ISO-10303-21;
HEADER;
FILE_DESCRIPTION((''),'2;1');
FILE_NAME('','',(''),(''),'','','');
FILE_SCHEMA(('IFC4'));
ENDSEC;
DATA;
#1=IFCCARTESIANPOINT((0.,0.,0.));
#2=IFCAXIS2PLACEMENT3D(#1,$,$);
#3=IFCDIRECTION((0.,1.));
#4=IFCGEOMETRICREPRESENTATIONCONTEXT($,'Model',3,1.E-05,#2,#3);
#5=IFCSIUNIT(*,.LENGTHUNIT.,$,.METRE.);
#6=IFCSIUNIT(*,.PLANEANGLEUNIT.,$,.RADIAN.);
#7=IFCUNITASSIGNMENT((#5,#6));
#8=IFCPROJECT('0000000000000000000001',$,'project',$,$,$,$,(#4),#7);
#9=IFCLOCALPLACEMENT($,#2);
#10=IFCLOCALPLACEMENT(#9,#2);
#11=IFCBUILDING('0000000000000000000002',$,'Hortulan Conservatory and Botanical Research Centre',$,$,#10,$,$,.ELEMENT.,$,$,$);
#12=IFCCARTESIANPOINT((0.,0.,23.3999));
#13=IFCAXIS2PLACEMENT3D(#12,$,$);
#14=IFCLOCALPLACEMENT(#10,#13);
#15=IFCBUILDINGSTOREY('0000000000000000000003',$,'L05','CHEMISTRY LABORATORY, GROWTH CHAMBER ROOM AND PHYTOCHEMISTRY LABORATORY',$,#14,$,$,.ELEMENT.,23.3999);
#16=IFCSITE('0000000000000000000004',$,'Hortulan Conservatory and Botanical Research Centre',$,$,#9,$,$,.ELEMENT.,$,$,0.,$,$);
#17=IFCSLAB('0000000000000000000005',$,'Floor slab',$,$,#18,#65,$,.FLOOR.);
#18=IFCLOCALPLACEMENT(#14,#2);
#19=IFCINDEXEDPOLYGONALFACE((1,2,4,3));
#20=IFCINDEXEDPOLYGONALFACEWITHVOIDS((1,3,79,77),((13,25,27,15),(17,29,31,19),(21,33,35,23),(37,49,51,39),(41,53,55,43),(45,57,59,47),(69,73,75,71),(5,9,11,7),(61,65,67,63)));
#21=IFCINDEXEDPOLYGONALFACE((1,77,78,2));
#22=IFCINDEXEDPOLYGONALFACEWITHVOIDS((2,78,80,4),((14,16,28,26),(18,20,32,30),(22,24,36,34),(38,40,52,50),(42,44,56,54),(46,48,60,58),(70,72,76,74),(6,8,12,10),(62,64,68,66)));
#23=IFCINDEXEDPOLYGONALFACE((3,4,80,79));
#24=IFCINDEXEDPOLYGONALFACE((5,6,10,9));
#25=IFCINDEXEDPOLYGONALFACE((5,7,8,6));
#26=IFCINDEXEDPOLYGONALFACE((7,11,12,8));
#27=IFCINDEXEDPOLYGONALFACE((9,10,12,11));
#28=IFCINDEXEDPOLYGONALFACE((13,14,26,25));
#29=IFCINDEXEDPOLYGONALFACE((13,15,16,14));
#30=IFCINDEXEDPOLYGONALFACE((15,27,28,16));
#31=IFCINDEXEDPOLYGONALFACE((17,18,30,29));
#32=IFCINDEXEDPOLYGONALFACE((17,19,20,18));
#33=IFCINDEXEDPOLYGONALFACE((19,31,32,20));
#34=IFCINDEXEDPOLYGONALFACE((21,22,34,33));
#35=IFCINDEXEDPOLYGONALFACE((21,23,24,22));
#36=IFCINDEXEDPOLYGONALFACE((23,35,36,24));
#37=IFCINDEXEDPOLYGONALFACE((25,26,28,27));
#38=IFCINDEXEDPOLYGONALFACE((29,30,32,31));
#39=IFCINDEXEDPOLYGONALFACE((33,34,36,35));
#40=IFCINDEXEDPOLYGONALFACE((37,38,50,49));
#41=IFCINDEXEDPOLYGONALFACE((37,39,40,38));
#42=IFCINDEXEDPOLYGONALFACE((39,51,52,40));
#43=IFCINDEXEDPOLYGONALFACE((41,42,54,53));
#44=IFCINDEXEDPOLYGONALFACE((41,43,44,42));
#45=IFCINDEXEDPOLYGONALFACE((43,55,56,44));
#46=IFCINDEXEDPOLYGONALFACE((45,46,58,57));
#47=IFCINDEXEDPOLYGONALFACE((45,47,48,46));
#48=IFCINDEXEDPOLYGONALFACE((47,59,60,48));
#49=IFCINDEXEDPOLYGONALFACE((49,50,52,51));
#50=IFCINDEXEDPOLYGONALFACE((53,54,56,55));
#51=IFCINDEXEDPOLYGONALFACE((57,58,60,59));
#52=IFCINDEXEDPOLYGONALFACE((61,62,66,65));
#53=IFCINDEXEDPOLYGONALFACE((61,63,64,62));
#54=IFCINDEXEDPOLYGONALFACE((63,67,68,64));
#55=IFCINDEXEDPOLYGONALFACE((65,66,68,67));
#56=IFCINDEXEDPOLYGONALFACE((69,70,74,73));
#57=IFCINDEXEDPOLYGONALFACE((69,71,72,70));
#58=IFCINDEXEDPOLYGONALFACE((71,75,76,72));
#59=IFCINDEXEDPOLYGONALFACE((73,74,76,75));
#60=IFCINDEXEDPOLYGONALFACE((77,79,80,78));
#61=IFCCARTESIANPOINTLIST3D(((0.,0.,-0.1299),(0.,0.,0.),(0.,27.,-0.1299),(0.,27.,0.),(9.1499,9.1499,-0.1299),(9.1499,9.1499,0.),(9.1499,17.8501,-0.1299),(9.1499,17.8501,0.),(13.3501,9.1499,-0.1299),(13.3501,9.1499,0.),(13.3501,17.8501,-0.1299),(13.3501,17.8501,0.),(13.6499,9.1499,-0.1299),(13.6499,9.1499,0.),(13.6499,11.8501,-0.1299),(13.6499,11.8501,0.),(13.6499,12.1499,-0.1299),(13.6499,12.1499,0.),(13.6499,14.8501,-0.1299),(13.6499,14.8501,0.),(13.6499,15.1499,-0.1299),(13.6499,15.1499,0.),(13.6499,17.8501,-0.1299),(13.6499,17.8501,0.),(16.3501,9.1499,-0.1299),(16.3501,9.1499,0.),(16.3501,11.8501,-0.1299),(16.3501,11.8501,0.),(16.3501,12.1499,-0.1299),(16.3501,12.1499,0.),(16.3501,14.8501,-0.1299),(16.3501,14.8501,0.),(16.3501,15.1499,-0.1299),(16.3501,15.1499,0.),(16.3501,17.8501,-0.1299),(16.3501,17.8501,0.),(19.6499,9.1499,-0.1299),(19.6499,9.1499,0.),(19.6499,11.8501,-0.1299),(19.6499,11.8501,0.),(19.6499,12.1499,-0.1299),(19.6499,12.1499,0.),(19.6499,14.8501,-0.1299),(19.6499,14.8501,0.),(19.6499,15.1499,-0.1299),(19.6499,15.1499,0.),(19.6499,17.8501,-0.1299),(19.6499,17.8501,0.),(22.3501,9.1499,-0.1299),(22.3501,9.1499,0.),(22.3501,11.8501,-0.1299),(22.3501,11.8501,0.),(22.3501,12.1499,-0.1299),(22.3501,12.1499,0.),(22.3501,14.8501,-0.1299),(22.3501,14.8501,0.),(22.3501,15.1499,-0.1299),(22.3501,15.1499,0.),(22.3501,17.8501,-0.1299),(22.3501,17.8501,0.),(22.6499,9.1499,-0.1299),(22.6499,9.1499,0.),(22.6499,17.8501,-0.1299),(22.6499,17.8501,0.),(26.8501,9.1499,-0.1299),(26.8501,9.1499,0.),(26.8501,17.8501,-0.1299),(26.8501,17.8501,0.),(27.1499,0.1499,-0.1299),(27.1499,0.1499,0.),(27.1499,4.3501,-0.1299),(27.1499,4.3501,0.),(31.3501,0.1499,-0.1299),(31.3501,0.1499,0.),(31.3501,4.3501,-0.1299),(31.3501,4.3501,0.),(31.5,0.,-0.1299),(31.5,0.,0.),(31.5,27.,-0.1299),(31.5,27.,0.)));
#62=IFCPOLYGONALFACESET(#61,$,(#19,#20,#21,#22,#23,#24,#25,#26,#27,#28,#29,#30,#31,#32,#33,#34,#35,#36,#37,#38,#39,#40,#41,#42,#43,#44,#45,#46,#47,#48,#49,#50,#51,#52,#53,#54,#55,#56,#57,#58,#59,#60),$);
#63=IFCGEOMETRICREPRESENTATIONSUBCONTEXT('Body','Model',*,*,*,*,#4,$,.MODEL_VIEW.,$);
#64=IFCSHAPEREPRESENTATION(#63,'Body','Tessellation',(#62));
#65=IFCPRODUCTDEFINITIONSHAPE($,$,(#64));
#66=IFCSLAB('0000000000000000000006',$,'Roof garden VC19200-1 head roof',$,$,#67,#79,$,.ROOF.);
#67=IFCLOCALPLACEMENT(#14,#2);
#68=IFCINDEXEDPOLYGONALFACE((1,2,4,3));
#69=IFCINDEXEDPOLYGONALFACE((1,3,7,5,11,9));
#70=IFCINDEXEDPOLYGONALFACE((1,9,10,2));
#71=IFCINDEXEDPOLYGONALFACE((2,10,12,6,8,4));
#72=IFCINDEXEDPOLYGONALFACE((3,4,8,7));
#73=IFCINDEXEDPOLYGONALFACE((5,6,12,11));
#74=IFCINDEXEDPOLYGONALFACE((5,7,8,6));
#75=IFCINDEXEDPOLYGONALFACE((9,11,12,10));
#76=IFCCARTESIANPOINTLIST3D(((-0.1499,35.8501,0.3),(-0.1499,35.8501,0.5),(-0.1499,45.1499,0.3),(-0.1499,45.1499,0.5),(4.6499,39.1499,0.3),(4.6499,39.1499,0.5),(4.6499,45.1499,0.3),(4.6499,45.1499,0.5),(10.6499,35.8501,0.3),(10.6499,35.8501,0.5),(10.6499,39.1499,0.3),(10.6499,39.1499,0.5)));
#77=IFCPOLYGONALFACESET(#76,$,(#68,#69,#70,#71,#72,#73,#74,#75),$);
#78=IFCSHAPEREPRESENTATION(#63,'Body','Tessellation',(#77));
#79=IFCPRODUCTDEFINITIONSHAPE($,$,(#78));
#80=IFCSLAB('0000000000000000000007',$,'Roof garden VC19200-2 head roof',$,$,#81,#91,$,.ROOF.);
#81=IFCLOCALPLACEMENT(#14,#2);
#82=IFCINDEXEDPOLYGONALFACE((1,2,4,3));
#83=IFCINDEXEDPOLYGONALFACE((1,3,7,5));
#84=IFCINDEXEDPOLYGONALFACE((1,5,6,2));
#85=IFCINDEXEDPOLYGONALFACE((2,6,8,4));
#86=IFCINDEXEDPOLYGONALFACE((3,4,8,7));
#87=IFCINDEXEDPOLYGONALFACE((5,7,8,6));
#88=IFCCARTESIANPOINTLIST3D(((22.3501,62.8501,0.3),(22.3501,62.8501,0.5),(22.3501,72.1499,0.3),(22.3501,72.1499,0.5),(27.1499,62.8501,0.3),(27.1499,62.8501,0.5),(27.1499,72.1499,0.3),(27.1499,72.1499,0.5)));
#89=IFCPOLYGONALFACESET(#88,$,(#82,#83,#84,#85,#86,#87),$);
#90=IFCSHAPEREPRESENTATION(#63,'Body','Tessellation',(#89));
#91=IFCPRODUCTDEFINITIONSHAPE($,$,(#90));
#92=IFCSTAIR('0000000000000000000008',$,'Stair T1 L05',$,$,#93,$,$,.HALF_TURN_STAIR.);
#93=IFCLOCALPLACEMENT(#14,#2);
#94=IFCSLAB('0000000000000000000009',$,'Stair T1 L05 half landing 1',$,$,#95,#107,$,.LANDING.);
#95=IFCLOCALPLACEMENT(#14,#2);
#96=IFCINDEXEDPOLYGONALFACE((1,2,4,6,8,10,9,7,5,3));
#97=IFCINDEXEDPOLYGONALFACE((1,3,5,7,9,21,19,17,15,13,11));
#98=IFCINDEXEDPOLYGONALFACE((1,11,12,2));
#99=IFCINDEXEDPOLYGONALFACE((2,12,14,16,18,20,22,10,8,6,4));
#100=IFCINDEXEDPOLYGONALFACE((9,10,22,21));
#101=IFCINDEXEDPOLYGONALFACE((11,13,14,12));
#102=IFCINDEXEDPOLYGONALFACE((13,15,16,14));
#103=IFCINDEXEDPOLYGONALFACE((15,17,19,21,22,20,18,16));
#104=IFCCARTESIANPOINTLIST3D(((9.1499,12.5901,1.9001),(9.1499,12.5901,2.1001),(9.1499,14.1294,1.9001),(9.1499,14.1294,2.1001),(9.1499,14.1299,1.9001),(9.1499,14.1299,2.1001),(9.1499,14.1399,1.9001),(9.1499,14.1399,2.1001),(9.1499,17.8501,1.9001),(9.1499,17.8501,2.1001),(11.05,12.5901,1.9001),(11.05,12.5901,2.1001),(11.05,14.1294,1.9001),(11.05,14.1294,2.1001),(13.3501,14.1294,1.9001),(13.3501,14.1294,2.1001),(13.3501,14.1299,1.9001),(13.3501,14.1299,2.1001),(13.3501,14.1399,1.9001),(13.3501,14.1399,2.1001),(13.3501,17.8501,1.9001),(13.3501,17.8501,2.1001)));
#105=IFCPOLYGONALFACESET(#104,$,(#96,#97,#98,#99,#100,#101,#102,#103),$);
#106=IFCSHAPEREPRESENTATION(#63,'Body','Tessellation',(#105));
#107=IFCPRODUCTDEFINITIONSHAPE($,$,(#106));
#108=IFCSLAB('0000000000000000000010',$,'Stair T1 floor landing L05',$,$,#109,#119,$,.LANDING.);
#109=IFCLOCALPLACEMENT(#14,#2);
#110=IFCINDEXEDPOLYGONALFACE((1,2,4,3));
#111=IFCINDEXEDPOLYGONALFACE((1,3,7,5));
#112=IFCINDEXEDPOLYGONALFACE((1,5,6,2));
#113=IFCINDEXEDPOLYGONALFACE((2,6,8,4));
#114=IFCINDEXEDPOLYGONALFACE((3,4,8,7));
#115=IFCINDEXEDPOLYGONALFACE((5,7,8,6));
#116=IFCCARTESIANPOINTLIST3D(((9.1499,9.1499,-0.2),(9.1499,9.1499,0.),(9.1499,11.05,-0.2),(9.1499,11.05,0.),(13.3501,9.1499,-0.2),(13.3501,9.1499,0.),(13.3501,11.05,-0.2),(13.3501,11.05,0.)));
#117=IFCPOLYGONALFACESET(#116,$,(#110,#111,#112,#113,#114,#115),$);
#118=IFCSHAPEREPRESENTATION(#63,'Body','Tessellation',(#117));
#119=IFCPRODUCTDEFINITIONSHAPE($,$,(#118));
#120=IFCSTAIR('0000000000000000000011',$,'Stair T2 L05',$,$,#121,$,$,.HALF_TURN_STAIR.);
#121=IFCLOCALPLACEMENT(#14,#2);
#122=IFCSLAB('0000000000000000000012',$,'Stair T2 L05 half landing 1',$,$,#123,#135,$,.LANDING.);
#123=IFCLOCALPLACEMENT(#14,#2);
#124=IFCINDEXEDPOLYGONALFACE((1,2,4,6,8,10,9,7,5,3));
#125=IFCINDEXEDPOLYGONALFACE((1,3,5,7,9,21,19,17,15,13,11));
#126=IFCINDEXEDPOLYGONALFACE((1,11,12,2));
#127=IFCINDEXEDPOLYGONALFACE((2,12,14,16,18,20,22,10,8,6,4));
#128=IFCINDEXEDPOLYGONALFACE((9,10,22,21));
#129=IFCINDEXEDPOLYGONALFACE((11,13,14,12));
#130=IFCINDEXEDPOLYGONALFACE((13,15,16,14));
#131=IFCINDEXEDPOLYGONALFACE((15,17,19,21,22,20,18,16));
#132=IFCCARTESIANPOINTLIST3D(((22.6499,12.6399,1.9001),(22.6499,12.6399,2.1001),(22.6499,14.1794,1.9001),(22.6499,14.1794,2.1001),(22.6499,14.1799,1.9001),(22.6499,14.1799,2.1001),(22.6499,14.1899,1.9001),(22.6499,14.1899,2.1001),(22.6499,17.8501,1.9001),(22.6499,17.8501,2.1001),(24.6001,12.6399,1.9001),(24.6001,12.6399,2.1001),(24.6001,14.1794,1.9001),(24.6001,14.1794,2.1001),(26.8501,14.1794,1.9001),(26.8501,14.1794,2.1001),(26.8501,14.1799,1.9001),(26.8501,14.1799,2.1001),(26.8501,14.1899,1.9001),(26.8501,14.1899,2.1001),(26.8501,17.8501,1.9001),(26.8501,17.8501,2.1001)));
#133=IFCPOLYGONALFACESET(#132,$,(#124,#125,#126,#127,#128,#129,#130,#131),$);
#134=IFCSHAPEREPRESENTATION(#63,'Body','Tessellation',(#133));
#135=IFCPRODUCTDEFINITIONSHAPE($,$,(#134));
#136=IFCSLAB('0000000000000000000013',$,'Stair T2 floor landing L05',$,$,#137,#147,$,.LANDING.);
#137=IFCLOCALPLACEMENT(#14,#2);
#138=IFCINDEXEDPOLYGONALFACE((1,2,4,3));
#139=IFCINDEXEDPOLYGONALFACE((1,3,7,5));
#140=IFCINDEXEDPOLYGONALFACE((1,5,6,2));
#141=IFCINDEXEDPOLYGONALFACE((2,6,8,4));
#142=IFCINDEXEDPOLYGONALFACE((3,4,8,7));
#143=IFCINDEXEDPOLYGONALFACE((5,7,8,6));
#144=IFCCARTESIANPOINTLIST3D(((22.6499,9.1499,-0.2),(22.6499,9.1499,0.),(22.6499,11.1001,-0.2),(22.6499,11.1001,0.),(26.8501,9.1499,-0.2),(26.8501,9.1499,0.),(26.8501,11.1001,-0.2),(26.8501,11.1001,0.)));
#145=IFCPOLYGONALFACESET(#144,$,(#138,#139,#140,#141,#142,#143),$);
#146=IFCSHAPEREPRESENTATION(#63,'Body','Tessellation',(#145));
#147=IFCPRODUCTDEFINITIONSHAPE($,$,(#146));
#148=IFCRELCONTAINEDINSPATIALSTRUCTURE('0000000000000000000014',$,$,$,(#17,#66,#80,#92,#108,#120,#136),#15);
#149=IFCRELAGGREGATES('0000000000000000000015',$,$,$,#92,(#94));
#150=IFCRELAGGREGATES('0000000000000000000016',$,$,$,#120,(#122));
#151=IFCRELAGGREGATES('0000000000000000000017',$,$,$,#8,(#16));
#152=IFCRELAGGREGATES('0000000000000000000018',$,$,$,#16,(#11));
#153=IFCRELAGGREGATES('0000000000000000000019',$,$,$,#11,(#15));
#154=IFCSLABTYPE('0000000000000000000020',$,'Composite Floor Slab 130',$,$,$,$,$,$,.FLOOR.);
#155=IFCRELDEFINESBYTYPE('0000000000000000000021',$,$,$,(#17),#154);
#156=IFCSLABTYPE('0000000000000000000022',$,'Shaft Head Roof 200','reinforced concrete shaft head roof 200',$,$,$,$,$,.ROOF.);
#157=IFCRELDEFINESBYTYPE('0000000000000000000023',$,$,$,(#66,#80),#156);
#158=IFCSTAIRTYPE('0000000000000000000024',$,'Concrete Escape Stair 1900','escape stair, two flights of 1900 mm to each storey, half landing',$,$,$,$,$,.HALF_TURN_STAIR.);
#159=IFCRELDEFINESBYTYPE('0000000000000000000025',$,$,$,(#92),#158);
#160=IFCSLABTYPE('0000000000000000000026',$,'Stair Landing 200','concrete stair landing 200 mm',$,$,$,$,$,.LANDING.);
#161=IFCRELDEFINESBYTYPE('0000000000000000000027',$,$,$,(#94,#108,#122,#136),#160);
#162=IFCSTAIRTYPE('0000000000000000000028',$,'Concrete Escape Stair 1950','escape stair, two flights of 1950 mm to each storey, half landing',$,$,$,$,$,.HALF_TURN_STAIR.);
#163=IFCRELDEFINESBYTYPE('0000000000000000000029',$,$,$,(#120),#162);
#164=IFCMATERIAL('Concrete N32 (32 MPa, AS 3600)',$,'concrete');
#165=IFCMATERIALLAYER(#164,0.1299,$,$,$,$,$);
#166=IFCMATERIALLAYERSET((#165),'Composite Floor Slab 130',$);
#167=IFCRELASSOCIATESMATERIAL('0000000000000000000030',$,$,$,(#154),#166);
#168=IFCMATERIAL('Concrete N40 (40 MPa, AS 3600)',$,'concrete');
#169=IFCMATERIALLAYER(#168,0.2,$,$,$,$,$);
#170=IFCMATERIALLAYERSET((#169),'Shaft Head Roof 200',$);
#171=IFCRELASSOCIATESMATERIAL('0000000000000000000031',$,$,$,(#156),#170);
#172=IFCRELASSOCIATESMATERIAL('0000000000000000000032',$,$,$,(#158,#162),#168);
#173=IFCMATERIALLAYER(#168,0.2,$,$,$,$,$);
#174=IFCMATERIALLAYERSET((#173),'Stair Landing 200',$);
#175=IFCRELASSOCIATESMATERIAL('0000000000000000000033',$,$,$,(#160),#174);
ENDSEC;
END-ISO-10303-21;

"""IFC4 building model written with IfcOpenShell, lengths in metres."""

from ifc_helpers import new_model, si_unit, direction, frame, origin, place, context, subcontext, project, spatial, polyline, outline, extrude, material, layer, layer_set, type_object, element, aggregate, save


model = new_model("IFC4")

# Units and contexts
model_context = context("Model", 3, precision=1e-05, world=origin(), true_north=direction((0.0, 1.0)))
body_context = subcontext(model_context, "Body", "Model", "MODEL_VIEW")
ifc_project = project(units=[si_unit("LENGTHUNIT", "METRE"), si_unit("PLANEANGLEUNIT", "RADIAN")], contexts=[model_context])

# Site, building, storey
site_placement = place(None, origin())
site = spatial("IfcSite", under=ifc_project, at=site_placement, Name="Hortulan Conservatory and Botanical Research Centre", CompositionType="ELEMENT", RefElevation=0.0)
building_placement = place(site_placement, origin())
building = spatial("IfcBuilding", under=site, at=building_placement, Name="Hortulan Conservatory and Botanical Research Centre", CompositionType="ELEMENT")
storey_placement = place(building_placement, frame((0.0, 0.0, 23.3999)))
storey = spatial("IfcBuildingStorey", under=building, at=storey_placement, Name="L05", Description="CHEMISTRY LABORATORY, GROWTH CHAMBER ROOM AND PHYTOCHEMISTRY LABORATORY", CompositionType="ELEMENT", Elevation=23.3999)

# Slabs
ifc_material_1 = material(Name="Concrete N32 (32 MPa, AS 3600)", Category="concrete")
ifc_layer_1 = layer(ifc_material_1, 0.1299)
ifc_layer_set_1 = layer_set([ifc_layer_1], Name="Composite Floor Slab 130")
slab_type_1 = type_object("IfcSlabType", Name="Composite Floor Slab 130", PredefinedType="FLOOR", material=ifc_layer_set_1)
slab_1_placement = place(storey_placement, frame((0.0, 0.0, -0.1299)))
element("IfcSlab", 1, at=slab_1_placement, inside=storey, type_object=slab_type_1, Name="Floor slab", PredefinedType="FLOOR", context=body_context, shape_type="SweptSolid", body=[
    extrude(outline(polyline([(0.0, 0.0), (31.5, 0.0), (31.5, 27.0), (0.0, 27.0), (0.0, 0.0)]), holes=[polyline([(27.1499, 4.3501), (27.1499, 0.1499), (31.3501, 0.1499), (31.3501, 4.3501), (27.1499, 4.3501)]), polyline([(13.6499, 11.8501), (13.6499, 9.1499), (16.3501, 9.1499), (16.3501, 11.8501), (13.6499, 11.8501)]), polyline([(19.6499, 11.8501), (19.6499, 9.1499), (22.3501, 9.1499), (22.3501, 11.8501), (19.6499, 11.8501)]), polyline([(9.1499, 17.8501), (9.1499, 9.1499), (13.3501, 9.1499), (13.3501, 17.8501), (9.1499, 17.8501)]), polyline([(13.6499, 14.8501), (13.6499, 12.1499), (16.3501, 12.1499), (16.3501, 14.8501), (13.6499, 14.8501)]), polyline([(19.6499, 14.8501), (19.6499, 12.1499), (22.3501, 12.1499), (22.3501, 14.8501), (19.6499, 14.8501)]), polyline([(22.6499, 17.8501), (22.6499, 9.1499), (26.8501, 9.1499), (26.8501, 17.8501), (22.6499, 17.8501)]), polyline([(16.3501, 17.8501), (13.6499, 17.8501), (13.6499, 15.1499), (16.3501, 15.1499), (16.3501, 17.8501)]), polyline([(22.3501, 17.8501), (19.6499, 17.8501), (19.6499, 15.1499), (22.3501, 15.1499), (22.3501, 17.8501)])]), origin(), (0.0, 0.0, 1.0), 0.1299),
])
ifc_material_2 = material(Name="Concrete N40 (40 MPa, AS 3600)", Category="concrete")
ifc_layer_2 = layer(ifc_material_2, 0.2)
ifc_layer_set_2 = layer_set([ifc_layer_2], Name="Shaft Head Roof 200")
slab_type_2 = type_object("IfcSlabType", Name="Shaft Head Roof 200", Description="reinforced concrete shaft head roof 200", PredefinedType="ROOF", material=ifc_layer_set_2)
slab_2_placement = place(storey_placement, frame((0.0, 0.0, 0.3)))
element("IfcSlab", 2, at=slab_2_placement, inside=storey, type_object=slab_type_2, Name="Roof garden VC19200-1 head roof", PredefinedType="ROOF", context=body_context, shape_type="SweptSolid", body=[
    extrude(outline(polyline([(10.6499, 39.1499), (10.6499, 35.8501), (-0.1499, 35.8501), (-0.1499, 45.1499), (4.6499, 45.1499), (4.6499, 39.1499), (10.6499, 39.1499)])), origin(), (0.0, 0.0, 1.0), 0.2),
])
slab_3_placement = place(storey_placement, frame((0.0, 0.0, 0.3)))
element("IfcSlab", 3, at=slab_3_placement, inside=storey, type_object=slab_type_2, Name="Roof garden VC19200-2 head roof", PredefinedType="ROOF", context=body_context, shape_type="SweptSolid", body=[
    extrude(outline(polyline([(27.1499, 62.8501), (22.3501, 62.8501), (22.3501, 72.1499), (27.1499, 72.1499), (27.1499, 62.8501)])), origin(), (0.0, 0.0, 1.0), 0.2),
])

# Stair, slab
stair_type_1 = type_object("IfcStairType", Name="Concrete Escape Stair 1900", Description="escape stair, two flights of 1900 mm to each storey, half landing", PredefinedType="HALF_TURN_STAIR", material=ifc_material_2)
stair_1_placement = place(storey_placement, origin())
stair_1 = element("IfcStair", 4, at=stair_1_placement, inside=storey, type_object=stair_type_1, Name="Stair T1 L05", PredefinedType="HALF_TURN_STAIR")
ifc_layer_3 = layer(ifc_material_2, 0.2)
ifc_layer_set_3 = layer_set([ifc_layer_3], Name="Stair Landing 200")
slab_type_3 = type_object("IfcSlabType", Name="Stair Landing 200", Description="concrete stair landing 200 mm", PredefinedType="LANDING", material=ifc_layer_set_3)
slab_4_placement = place(storey_placement, frame((0.0, 0.0, 1.9001)))
slab_4 = element("IfcSlab", 5, at=slab_4_placement, type_object=slab_type_3, Name="Stair T1 L05 half landing 1", PredefinedType="LANDING", context=body_context, shape_type="SweptSolid", body=[
    extrude(outline(polyline([(13.3501, 14.1294), (11.05, 14.1294), (11.05, 12.5901), (9.1499, 12.5901), (9.1499, 14.1294), (9.1499, 14.1299), (9.1499, 14.1399), (9.1499, 17.8501), (13.3501, 17.8501), (13.3501, 14.1399), (13.3501, 14.1299), (13.3501, 14.1294)])), origin(), (0.0, 0.0, 1.0), 0.2),
])
aggregate(stair_1, [slab_4])

# Slab
slab_5_placement = place(storey_placement, frame((0.0, 0.0, -0.2)))
element("IfcSlab", 6, at=slab_5_placement, inside=storey, type_object=slab_type_3, Name="Stair T1 floor landing L05", PredefinedType="LANDING", context=body_context, shape_type="SweptSolid", body=[
    extrude(outline(polyline([(13.3501, 9.1499), (9.1499, 9.1499), (9.1499, 11.05), (13.3501, 11.05), (13.3501, 9.1499)])), origin(), (0.0, 0.0, 1.0), 0.2),
])

# Stair, slab
stair_type_2 = type_object("IfcStairType", Name="Concrete Escape Stair 1950", Description="escape stair, two flights of 1950 mm to each storey, half landing", PredefinedType="HALF_TURN_STAIR", material=ifc_material_2)
stair_2_placement = place(storey_placement, origin())
stair_2 = element("IfcStair", 7, at=stair_2_placement, inside=storey, type_object=stair_type_2, Name="Stair T2 L05", PredefinedType="HALF_TURN_STAIR")
slab_6_placement = place(storey_placement, frame((0.0, 0.0, 1.9001)))
slab_6 = element("IfcSlab", 8, at=slab_6_placement, type_object=slab_type_3, Name="Stair T2 L05 half landing 1", PredefinedType="LANDING", context=body_context, shape_type="SweptSolid", body=[
    extrude(outline(polyline([(26.8501, 14.1794), (24.6001, 14.1794), (24.6001, 12.6399), (22.6499, 12.6399), (22.6499, 14.1794), (22.6499, 14.1799), (22.6499, 14.1899), (22.6499, 17.8501), (26.8501, 17.8501), (26.8501, 14.1899), (26.8501, 14.1799), (26.8501, 14.1794)])), origin(), (0.0, 0.0, 1.0), 0.2),
])
aggregate(stair_2, [slab_6])

# Slab
slab_7_placement = place(storey_placement, frame((0.0, 0.0, -0.2)))
element("IfcSlab", 9, at=slab_7_placement, inside=storey, type_object=slab_type_3, Name="Stair T2 floor landing L05", PredefinedType="LANDING", context=body_context, shape_type="SweptSolid", body=[
    extrude(outline(polyline([(26.8501, 9.1499), (22.6499, 9.1499), (22.6499, 11.1001), (26.8501, 11.1001), (26.8501, 9.1499)])), origin(), (0.0, 0.0, 1.0), 0.2),
])

save(model, "model.ifc")
